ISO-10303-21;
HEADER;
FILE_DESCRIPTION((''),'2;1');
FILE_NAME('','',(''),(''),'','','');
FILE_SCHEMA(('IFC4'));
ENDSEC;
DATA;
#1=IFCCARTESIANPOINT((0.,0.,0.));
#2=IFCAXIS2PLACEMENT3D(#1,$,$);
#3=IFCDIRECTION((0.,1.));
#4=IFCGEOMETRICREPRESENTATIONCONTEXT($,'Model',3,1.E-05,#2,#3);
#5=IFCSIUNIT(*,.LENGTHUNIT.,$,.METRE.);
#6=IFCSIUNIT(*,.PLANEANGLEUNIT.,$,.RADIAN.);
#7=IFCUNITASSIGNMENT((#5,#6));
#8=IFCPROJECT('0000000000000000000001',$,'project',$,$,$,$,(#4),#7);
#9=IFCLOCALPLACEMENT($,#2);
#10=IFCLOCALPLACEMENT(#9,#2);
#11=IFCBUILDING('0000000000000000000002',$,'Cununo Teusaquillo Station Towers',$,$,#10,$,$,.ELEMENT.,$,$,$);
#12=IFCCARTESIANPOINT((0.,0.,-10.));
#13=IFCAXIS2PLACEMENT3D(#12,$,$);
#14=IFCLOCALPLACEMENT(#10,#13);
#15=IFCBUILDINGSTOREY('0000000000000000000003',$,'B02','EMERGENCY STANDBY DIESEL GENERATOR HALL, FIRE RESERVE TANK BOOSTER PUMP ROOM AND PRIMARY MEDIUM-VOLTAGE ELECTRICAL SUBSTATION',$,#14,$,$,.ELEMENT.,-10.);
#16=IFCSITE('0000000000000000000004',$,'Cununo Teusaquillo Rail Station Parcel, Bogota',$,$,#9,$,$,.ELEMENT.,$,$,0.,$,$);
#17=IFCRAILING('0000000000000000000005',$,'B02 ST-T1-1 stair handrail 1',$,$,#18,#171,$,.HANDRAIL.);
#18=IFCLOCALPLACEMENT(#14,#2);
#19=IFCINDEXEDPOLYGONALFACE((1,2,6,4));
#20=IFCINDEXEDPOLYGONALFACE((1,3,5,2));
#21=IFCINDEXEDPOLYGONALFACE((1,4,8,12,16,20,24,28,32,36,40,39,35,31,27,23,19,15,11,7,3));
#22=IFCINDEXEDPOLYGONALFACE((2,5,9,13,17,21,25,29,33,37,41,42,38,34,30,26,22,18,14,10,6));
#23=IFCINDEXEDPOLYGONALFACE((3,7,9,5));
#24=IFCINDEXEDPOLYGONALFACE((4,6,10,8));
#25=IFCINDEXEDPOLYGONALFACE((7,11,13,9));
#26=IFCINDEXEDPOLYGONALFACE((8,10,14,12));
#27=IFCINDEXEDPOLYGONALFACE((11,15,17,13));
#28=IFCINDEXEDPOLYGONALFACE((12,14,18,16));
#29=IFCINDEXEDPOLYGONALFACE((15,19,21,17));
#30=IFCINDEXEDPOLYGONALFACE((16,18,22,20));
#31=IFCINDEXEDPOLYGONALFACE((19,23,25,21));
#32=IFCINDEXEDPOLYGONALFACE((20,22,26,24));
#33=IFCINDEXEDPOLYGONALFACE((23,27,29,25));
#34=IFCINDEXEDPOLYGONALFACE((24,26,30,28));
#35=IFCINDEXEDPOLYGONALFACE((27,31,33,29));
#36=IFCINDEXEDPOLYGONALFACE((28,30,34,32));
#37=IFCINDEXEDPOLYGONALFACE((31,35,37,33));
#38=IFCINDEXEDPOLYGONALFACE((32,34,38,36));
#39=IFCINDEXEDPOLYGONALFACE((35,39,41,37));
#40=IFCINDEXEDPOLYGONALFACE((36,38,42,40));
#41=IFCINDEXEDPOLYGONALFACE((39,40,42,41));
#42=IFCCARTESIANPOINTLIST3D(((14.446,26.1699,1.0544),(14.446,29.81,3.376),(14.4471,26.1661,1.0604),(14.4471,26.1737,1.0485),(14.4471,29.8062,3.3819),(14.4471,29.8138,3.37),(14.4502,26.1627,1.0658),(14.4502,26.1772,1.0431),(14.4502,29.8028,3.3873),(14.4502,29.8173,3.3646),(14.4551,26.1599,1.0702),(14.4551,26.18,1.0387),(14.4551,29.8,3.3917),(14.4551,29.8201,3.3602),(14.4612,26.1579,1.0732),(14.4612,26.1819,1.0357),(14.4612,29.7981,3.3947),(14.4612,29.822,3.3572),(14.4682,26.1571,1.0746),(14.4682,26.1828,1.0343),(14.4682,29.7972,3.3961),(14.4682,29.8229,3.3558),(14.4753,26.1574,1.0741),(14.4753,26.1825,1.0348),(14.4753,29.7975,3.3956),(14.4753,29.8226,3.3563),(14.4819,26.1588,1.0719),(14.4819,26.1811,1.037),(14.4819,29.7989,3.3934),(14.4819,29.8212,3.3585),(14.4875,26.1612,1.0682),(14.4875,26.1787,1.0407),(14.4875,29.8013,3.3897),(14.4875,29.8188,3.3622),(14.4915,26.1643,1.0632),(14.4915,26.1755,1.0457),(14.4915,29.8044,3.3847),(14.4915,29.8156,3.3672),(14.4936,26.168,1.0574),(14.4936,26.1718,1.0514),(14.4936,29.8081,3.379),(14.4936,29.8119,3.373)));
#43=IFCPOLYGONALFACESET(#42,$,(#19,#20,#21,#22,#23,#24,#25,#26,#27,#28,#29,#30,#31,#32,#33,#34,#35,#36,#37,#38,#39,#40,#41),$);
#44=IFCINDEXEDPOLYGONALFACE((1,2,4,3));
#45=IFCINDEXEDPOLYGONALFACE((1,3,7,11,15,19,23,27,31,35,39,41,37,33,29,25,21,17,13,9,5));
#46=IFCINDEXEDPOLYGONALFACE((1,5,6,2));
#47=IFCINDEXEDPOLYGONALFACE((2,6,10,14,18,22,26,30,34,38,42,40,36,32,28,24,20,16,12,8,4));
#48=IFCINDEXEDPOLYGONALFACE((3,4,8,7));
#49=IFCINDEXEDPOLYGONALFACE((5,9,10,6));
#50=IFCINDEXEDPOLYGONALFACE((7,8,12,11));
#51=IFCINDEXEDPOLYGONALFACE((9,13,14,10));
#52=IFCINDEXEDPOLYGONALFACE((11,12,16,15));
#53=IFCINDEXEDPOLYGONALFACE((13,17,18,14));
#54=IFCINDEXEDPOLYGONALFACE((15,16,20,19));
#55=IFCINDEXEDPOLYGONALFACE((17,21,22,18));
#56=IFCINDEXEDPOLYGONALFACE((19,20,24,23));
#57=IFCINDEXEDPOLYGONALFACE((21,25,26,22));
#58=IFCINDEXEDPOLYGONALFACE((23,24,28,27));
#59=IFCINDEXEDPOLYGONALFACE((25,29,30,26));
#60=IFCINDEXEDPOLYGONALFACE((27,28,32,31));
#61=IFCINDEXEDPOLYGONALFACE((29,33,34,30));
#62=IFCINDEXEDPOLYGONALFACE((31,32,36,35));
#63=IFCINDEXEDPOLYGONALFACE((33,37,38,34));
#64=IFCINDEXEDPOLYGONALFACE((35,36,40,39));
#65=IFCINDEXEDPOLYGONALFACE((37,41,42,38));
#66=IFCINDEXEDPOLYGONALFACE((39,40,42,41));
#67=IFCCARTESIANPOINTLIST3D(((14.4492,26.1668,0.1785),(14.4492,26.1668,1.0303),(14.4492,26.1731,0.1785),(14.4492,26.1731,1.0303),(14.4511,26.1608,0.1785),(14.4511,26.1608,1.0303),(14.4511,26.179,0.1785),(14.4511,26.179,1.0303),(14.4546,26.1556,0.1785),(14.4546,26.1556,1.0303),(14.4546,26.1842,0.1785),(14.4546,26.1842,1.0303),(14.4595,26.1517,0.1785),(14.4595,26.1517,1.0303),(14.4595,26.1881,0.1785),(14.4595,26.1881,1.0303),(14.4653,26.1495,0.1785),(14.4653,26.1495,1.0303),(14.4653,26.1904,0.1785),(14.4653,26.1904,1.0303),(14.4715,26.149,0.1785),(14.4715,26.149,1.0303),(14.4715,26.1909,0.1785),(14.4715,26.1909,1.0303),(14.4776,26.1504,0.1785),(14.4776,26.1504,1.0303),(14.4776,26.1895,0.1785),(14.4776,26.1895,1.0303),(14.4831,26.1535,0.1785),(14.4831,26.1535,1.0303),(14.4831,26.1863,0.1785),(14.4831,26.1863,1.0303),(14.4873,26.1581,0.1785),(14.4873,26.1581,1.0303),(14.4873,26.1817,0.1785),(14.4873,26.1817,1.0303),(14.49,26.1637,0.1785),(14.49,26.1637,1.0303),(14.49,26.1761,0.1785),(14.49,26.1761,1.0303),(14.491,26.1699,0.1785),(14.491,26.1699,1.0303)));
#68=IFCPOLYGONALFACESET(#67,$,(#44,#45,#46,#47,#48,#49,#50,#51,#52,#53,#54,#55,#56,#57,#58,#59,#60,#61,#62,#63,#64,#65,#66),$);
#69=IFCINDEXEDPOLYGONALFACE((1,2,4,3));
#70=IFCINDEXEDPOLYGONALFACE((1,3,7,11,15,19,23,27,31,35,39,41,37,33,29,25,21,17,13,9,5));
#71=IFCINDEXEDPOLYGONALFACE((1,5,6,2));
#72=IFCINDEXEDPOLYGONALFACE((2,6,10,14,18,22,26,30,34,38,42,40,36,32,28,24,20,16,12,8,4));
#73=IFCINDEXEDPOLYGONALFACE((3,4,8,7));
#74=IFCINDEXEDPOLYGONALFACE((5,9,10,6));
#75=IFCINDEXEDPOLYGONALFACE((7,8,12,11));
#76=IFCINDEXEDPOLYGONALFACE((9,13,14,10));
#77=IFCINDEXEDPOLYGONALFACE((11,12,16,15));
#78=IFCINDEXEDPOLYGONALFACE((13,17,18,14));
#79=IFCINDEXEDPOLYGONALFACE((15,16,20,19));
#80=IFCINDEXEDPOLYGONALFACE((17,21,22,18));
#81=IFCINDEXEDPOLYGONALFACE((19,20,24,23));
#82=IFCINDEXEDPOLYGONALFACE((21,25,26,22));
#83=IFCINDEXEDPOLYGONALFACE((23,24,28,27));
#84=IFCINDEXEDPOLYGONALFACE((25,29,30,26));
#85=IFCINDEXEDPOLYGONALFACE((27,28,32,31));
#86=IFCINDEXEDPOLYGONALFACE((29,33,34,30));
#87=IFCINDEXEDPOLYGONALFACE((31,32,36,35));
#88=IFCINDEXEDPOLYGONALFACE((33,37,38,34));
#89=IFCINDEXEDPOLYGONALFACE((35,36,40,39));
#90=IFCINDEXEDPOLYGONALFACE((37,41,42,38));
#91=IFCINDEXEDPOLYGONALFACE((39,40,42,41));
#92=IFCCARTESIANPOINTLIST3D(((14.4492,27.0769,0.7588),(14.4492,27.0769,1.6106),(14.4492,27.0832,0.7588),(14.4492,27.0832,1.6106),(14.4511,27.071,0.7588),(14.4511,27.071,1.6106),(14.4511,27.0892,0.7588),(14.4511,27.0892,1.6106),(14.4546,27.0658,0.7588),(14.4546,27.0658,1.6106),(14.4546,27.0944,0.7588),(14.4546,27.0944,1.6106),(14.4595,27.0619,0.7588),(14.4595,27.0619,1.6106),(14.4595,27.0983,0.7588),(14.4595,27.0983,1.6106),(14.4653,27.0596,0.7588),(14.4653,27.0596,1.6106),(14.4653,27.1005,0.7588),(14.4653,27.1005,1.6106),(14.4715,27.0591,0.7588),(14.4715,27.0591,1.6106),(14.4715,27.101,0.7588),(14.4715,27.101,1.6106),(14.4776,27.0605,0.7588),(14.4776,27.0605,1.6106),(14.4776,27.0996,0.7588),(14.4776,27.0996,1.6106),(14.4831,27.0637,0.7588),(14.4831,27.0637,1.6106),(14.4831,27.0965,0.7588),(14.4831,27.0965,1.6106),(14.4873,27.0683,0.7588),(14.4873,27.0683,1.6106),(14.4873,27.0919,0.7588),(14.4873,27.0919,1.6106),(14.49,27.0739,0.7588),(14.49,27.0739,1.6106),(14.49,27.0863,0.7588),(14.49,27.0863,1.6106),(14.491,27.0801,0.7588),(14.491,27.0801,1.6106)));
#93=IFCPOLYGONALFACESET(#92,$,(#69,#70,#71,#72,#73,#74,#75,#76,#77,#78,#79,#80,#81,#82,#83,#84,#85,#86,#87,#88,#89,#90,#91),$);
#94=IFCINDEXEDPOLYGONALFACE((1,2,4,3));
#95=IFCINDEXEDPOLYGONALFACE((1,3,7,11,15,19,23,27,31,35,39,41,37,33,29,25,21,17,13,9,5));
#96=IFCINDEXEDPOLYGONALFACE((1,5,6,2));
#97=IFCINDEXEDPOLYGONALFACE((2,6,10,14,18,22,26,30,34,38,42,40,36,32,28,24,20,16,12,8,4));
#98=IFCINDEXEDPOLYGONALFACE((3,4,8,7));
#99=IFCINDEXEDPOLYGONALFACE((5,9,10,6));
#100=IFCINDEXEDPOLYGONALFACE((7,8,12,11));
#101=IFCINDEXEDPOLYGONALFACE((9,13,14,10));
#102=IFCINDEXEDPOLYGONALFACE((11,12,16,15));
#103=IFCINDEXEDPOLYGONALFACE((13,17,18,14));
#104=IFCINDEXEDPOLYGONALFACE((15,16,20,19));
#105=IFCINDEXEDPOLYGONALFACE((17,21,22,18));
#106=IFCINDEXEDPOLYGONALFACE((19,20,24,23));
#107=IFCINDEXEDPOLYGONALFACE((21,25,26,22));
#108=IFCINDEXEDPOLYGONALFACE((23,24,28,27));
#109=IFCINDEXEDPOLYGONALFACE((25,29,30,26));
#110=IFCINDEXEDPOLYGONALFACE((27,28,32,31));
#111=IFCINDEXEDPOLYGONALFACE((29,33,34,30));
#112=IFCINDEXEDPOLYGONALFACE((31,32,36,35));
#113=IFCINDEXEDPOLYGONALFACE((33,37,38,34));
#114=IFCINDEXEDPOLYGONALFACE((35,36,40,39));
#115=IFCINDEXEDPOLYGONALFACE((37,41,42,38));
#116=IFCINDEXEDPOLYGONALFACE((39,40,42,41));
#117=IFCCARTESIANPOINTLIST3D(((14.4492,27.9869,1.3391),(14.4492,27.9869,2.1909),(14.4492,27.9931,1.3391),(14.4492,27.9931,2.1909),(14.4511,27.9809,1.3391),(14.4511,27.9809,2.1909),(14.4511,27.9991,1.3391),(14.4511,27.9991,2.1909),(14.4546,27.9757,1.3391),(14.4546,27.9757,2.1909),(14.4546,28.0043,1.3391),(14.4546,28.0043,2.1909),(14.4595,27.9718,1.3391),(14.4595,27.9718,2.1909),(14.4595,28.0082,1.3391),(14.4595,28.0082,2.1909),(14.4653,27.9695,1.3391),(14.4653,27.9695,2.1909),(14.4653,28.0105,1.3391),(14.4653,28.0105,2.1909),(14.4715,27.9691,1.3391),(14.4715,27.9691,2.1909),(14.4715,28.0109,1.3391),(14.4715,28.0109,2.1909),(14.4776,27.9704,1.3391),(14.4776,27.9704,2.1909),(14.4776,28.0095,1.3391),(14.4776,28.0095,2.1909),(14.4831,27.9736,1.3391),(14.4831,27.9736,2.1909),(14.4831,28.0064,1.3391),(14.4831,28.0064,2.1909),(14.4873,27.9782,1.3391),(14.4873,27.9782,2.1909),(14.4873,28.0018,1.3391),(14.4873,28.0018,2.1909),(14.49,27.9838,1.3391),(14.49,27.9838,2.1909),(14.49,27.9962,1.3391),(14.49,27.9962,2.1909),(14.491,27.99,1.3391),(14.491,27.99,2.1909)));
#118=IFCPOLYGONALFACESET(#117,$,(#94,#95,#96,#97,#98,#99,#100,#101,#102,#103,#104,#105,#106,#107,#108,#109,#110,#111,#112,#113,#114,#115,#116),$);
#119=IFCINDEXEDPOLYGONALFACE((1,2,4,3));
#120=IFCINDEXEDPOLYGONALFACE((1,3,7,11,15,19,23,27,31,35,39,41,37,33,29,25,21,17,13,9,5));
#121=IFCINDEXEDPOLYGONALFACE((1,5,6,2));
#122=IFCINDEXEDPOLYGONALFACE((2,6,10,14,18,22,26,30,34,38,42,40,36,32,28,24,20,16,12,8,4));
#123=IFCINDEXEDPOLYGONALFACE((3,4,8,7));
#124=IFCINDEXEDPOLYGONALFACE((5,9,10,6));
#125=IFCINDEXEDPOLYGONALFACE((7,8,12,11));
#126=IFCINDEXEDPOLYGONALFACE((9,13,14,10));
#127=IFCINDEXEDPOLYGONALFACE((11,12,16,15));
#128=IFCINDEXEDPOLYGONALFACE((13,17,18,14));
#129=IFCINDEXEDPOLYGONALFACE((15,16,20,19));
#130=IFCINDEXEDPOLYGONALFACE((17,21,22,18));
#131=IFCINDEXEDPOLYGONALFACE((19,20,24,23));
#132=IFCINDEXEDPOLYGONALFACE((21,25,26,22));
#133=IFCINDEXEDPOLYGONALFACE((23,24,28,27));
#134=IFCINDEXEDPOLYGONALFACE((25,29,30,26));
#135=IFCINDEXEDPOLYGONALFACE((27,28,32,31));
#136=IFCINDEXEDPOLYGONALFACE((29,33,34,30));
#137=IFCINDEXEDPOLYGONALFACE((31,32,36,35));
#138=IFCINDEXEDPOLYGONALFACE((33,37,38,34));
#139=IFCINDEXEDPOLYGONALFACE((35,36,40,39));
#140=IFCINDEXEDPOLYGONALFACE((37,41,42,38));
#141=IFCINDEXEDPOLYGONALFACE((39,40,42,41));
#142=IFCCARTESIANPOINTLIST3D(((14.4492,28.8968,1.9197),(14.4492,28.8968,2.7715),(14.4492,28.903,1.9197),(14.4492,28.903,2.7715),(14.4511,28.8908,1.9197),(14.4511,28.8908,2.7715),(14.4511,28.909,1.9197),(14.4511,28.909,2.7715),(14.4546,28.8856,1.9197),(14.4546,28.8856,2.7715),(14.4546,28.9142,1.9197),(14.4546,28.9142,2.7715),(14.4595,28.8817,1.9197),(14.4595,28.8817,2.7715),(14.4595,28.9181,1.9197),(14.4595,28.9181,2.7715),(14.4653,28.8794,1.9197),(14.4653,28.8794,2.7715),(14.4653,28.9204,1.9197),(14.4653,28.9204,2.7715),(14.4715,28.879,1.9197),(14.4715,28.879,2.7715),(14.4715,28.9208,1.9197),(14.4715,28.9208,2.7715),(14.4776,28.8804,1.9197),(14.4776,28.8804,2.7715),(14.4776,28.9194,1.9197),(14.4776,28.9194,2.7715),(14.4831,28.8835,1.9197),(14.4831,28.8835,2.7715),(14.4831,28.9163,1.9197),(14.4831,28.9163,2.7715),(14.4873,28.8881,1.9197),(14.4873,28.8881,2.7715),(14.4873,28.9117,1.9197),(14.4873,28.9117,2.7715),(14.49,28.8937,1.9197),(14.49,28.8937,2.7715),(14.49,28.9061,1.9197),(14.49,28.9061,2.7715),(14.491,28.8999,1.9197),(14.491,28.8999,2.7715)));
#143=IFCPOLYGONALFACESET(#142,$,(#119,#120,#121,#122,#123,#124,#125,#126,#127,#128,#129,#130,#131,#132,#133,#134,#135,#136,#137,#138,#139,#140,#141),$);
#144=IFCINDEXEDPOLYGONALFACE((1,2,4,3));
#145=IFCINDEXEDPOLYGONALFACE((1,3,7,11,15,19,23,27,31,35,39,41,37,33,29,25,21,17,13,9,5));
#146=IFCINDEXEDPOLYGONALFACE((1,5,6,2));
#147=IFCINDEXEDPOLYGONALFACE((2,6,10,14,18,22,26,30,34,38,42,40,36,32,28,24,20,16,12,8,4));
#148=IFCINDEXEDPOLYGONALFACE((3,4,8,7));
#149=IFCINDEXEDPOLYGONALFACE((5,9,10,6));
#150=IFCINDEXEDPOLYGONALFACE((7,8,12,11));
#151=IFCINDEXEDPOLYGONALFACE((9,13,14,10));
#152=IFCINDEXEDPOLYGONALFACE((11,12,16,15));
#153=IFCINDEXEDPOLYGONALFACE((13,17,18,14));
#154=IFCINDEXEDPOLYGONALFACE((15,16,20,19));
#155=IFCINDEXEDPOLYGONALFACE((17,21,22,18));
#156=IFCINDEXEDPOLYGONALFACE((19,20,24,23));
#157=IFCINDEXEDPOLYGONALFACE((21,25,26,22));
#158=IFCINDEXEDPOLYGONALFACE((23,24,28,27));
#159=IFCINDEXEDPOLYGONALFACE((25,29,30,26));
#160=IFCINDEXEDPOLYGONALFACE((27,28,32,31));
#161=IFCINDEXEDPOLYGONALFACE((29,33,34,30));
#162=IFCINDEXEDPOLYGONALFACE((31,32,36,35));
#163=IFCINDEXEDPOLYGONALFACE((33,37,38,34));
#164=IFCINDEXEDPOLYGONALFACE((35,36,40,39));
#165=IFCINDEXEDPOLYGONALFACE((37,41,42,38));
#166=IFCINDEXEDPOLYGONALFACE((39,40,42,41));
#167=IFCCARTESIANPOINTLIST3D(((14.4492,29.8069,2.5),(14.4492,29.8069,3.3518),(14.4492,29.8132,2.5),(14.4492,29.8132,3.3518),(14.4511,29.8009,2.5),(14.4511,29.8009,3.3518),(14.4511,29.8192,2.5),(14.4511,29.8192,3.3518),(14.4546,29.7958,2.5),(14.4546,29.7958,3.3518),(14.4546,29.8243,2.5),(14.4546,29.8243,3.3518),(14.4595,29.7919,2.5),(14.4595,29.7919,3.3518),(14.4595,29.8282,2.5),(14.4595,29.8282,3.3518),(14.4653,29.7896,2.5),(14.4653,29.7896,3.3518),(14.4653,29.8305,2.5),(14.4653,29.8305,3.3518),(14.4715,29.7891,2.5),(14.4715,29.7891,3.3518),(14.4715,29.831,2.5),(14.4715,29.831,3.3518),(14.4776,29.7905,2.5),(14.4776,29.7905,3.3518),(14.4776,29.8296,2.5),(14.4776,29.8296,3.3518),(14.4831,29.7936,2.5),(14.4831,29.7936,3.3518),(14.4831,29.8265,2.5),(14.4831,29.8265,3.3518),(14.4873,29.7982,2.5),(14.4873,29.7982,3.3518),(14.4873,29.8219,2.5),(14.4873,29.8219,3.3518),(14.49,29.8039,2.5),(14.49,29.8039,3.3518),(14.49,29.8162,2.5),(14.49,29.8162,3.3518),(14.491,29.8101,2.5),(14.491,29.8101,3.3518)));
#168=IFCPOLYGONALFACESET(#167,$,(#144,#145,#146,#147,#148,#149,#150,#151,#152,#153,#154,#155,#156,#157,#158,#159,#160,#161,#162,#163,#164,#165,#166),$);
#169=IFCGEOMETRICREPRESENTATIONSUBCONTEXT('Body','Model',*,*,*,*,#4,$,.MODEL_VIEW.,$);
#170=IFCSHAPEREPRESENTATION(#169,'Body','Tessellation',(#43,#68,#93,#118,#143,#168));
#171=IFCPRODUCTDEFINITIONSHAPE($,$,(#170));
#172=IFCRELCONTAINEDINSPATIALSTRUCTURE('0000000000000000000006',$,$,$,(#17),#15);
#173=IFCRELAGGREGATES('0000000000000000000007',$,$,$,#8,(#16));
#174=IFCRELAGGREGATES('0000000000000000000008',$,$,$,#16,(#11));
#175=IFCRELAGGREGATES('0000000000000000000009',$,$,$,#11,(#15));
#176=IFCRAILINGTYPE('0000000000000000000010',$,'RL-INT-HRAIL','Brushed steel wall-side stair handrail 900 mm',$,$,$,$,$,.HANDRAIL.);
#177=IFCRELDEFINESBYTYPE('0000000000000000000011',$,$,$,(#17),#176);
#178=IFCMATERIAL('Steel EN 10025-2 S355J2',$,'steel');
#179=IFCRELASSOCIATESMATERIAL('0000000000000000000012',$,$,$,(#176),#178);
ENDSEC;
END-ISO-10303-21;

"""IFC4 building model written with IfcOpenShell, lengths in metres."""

from ifc_helpers import new_model, si_unit, direction, frame, origin, origin_2d, place, context, subcontext, project, spatial, circle, extrude, material, type_object, element, save


model = new_model("IFC4")

# Units and contexts
model_context = context("Model", 3, precision=1e-05, world=origin(), true_north=direction((0.0, 1.0)))
body_context = subcontext(model_context, "Body", "Model", "MODEL_VIEW")
ifc_project = project(units=[si_unit("LENGTHUNIT", "METRE"), si_unit("PLANEANGLEUNIT", "RADIAN")], contexts=[model_context])

# Site, building, storey
site_placement = place(None, origin())
site = spatial("IfcSite", under=ifc_project, at=site_placement, Name="Cununo Teusaquillo Rail Station Parcel, Bogota", CompositionType="ELEMENT", RefElevation=0.0)
building_placement = place(site_placement, origin())
building = spatial("IfcBuilding", under=site, at=building_placement, Name="Cununo Teusaquillo Station Towers", CompositionType="ELEMENT")
storey_placement = place(building_placement, frame((0.0, 0.0, -10.0)))
storey = spatial("IfcBuildingStorey", under=building, at=storey_placement, Name="B02", Description="EMERGENCY STANDBY DIESEL GENERATOR HALL, FIRE RESERVE TANK BOOSTER PUMP ROOM AND PRIMARY MEDIUM-VOLTAGE ELECTRICAL SUBSTATION", CompositionType="ELEMENT", Elevation=-10.0)

# Railing
ifc_material_1 = material(Name="Steel EN 10025-2 S355J2", Category="steel")
railing_type_1 = type_object("IfcRailingType", Name="RL-INT-HRAIL", Description="Brushed steel wall-side stair handrail 900 mm", PredefinedType="HANDRAIL", material=ifc_material_1)
railing_1_placement = place(storey_placement, frame((14.47, 26.1699, 0.1785)))
element("IfcRailing", 1, at=railing_1_placement, inside=storey, type_object=railing_type_1, Name="B02 ST-T1-1 stair handrail 1", PredefinedType="HANDRAIL", context=body_context, shape_type="SweptSolid", body=[
    extrude(circle(Radius=0.0239, at=origin_2d()), frame((0.0, 0.0, 0.876), z_axis=(0.0, 0.843128, 0.537713), x_axis=(-1.0, 0.0, 0.0)), (0.0, 0.0, 1.0), 4.3174),
    extrude(circle(Radius=0.021, at=origin_2d()), origin(), (0.0, 0.0, 1.0), 0.8518),
    extrude(circle(Radius=0.021, at=origin_2d()), frame((0.0, 0.9102, 0.5803)), (0.0, 0.0, 1.0), 0.8518),
    extrude(circle(Radius=0.021, at=origin_2d()), frame((0.0, 1.8201, 1.1606)), (0.0, 0.0, 1.0), 0.8518),
    extrude(circle(Radius=0.021, at=origin_2d()), frame((0.0, 2.73, 1.7412)), (0.0, 0.0, 1.0), 0.8518),
    extrude(circle(Radius=0.021, at=origin_2d()), frame((0.0, 3.6401, 2.3215)), (0.0, 0.0, 1.0), 0.8518),
])

save(model, "model.ifc")
